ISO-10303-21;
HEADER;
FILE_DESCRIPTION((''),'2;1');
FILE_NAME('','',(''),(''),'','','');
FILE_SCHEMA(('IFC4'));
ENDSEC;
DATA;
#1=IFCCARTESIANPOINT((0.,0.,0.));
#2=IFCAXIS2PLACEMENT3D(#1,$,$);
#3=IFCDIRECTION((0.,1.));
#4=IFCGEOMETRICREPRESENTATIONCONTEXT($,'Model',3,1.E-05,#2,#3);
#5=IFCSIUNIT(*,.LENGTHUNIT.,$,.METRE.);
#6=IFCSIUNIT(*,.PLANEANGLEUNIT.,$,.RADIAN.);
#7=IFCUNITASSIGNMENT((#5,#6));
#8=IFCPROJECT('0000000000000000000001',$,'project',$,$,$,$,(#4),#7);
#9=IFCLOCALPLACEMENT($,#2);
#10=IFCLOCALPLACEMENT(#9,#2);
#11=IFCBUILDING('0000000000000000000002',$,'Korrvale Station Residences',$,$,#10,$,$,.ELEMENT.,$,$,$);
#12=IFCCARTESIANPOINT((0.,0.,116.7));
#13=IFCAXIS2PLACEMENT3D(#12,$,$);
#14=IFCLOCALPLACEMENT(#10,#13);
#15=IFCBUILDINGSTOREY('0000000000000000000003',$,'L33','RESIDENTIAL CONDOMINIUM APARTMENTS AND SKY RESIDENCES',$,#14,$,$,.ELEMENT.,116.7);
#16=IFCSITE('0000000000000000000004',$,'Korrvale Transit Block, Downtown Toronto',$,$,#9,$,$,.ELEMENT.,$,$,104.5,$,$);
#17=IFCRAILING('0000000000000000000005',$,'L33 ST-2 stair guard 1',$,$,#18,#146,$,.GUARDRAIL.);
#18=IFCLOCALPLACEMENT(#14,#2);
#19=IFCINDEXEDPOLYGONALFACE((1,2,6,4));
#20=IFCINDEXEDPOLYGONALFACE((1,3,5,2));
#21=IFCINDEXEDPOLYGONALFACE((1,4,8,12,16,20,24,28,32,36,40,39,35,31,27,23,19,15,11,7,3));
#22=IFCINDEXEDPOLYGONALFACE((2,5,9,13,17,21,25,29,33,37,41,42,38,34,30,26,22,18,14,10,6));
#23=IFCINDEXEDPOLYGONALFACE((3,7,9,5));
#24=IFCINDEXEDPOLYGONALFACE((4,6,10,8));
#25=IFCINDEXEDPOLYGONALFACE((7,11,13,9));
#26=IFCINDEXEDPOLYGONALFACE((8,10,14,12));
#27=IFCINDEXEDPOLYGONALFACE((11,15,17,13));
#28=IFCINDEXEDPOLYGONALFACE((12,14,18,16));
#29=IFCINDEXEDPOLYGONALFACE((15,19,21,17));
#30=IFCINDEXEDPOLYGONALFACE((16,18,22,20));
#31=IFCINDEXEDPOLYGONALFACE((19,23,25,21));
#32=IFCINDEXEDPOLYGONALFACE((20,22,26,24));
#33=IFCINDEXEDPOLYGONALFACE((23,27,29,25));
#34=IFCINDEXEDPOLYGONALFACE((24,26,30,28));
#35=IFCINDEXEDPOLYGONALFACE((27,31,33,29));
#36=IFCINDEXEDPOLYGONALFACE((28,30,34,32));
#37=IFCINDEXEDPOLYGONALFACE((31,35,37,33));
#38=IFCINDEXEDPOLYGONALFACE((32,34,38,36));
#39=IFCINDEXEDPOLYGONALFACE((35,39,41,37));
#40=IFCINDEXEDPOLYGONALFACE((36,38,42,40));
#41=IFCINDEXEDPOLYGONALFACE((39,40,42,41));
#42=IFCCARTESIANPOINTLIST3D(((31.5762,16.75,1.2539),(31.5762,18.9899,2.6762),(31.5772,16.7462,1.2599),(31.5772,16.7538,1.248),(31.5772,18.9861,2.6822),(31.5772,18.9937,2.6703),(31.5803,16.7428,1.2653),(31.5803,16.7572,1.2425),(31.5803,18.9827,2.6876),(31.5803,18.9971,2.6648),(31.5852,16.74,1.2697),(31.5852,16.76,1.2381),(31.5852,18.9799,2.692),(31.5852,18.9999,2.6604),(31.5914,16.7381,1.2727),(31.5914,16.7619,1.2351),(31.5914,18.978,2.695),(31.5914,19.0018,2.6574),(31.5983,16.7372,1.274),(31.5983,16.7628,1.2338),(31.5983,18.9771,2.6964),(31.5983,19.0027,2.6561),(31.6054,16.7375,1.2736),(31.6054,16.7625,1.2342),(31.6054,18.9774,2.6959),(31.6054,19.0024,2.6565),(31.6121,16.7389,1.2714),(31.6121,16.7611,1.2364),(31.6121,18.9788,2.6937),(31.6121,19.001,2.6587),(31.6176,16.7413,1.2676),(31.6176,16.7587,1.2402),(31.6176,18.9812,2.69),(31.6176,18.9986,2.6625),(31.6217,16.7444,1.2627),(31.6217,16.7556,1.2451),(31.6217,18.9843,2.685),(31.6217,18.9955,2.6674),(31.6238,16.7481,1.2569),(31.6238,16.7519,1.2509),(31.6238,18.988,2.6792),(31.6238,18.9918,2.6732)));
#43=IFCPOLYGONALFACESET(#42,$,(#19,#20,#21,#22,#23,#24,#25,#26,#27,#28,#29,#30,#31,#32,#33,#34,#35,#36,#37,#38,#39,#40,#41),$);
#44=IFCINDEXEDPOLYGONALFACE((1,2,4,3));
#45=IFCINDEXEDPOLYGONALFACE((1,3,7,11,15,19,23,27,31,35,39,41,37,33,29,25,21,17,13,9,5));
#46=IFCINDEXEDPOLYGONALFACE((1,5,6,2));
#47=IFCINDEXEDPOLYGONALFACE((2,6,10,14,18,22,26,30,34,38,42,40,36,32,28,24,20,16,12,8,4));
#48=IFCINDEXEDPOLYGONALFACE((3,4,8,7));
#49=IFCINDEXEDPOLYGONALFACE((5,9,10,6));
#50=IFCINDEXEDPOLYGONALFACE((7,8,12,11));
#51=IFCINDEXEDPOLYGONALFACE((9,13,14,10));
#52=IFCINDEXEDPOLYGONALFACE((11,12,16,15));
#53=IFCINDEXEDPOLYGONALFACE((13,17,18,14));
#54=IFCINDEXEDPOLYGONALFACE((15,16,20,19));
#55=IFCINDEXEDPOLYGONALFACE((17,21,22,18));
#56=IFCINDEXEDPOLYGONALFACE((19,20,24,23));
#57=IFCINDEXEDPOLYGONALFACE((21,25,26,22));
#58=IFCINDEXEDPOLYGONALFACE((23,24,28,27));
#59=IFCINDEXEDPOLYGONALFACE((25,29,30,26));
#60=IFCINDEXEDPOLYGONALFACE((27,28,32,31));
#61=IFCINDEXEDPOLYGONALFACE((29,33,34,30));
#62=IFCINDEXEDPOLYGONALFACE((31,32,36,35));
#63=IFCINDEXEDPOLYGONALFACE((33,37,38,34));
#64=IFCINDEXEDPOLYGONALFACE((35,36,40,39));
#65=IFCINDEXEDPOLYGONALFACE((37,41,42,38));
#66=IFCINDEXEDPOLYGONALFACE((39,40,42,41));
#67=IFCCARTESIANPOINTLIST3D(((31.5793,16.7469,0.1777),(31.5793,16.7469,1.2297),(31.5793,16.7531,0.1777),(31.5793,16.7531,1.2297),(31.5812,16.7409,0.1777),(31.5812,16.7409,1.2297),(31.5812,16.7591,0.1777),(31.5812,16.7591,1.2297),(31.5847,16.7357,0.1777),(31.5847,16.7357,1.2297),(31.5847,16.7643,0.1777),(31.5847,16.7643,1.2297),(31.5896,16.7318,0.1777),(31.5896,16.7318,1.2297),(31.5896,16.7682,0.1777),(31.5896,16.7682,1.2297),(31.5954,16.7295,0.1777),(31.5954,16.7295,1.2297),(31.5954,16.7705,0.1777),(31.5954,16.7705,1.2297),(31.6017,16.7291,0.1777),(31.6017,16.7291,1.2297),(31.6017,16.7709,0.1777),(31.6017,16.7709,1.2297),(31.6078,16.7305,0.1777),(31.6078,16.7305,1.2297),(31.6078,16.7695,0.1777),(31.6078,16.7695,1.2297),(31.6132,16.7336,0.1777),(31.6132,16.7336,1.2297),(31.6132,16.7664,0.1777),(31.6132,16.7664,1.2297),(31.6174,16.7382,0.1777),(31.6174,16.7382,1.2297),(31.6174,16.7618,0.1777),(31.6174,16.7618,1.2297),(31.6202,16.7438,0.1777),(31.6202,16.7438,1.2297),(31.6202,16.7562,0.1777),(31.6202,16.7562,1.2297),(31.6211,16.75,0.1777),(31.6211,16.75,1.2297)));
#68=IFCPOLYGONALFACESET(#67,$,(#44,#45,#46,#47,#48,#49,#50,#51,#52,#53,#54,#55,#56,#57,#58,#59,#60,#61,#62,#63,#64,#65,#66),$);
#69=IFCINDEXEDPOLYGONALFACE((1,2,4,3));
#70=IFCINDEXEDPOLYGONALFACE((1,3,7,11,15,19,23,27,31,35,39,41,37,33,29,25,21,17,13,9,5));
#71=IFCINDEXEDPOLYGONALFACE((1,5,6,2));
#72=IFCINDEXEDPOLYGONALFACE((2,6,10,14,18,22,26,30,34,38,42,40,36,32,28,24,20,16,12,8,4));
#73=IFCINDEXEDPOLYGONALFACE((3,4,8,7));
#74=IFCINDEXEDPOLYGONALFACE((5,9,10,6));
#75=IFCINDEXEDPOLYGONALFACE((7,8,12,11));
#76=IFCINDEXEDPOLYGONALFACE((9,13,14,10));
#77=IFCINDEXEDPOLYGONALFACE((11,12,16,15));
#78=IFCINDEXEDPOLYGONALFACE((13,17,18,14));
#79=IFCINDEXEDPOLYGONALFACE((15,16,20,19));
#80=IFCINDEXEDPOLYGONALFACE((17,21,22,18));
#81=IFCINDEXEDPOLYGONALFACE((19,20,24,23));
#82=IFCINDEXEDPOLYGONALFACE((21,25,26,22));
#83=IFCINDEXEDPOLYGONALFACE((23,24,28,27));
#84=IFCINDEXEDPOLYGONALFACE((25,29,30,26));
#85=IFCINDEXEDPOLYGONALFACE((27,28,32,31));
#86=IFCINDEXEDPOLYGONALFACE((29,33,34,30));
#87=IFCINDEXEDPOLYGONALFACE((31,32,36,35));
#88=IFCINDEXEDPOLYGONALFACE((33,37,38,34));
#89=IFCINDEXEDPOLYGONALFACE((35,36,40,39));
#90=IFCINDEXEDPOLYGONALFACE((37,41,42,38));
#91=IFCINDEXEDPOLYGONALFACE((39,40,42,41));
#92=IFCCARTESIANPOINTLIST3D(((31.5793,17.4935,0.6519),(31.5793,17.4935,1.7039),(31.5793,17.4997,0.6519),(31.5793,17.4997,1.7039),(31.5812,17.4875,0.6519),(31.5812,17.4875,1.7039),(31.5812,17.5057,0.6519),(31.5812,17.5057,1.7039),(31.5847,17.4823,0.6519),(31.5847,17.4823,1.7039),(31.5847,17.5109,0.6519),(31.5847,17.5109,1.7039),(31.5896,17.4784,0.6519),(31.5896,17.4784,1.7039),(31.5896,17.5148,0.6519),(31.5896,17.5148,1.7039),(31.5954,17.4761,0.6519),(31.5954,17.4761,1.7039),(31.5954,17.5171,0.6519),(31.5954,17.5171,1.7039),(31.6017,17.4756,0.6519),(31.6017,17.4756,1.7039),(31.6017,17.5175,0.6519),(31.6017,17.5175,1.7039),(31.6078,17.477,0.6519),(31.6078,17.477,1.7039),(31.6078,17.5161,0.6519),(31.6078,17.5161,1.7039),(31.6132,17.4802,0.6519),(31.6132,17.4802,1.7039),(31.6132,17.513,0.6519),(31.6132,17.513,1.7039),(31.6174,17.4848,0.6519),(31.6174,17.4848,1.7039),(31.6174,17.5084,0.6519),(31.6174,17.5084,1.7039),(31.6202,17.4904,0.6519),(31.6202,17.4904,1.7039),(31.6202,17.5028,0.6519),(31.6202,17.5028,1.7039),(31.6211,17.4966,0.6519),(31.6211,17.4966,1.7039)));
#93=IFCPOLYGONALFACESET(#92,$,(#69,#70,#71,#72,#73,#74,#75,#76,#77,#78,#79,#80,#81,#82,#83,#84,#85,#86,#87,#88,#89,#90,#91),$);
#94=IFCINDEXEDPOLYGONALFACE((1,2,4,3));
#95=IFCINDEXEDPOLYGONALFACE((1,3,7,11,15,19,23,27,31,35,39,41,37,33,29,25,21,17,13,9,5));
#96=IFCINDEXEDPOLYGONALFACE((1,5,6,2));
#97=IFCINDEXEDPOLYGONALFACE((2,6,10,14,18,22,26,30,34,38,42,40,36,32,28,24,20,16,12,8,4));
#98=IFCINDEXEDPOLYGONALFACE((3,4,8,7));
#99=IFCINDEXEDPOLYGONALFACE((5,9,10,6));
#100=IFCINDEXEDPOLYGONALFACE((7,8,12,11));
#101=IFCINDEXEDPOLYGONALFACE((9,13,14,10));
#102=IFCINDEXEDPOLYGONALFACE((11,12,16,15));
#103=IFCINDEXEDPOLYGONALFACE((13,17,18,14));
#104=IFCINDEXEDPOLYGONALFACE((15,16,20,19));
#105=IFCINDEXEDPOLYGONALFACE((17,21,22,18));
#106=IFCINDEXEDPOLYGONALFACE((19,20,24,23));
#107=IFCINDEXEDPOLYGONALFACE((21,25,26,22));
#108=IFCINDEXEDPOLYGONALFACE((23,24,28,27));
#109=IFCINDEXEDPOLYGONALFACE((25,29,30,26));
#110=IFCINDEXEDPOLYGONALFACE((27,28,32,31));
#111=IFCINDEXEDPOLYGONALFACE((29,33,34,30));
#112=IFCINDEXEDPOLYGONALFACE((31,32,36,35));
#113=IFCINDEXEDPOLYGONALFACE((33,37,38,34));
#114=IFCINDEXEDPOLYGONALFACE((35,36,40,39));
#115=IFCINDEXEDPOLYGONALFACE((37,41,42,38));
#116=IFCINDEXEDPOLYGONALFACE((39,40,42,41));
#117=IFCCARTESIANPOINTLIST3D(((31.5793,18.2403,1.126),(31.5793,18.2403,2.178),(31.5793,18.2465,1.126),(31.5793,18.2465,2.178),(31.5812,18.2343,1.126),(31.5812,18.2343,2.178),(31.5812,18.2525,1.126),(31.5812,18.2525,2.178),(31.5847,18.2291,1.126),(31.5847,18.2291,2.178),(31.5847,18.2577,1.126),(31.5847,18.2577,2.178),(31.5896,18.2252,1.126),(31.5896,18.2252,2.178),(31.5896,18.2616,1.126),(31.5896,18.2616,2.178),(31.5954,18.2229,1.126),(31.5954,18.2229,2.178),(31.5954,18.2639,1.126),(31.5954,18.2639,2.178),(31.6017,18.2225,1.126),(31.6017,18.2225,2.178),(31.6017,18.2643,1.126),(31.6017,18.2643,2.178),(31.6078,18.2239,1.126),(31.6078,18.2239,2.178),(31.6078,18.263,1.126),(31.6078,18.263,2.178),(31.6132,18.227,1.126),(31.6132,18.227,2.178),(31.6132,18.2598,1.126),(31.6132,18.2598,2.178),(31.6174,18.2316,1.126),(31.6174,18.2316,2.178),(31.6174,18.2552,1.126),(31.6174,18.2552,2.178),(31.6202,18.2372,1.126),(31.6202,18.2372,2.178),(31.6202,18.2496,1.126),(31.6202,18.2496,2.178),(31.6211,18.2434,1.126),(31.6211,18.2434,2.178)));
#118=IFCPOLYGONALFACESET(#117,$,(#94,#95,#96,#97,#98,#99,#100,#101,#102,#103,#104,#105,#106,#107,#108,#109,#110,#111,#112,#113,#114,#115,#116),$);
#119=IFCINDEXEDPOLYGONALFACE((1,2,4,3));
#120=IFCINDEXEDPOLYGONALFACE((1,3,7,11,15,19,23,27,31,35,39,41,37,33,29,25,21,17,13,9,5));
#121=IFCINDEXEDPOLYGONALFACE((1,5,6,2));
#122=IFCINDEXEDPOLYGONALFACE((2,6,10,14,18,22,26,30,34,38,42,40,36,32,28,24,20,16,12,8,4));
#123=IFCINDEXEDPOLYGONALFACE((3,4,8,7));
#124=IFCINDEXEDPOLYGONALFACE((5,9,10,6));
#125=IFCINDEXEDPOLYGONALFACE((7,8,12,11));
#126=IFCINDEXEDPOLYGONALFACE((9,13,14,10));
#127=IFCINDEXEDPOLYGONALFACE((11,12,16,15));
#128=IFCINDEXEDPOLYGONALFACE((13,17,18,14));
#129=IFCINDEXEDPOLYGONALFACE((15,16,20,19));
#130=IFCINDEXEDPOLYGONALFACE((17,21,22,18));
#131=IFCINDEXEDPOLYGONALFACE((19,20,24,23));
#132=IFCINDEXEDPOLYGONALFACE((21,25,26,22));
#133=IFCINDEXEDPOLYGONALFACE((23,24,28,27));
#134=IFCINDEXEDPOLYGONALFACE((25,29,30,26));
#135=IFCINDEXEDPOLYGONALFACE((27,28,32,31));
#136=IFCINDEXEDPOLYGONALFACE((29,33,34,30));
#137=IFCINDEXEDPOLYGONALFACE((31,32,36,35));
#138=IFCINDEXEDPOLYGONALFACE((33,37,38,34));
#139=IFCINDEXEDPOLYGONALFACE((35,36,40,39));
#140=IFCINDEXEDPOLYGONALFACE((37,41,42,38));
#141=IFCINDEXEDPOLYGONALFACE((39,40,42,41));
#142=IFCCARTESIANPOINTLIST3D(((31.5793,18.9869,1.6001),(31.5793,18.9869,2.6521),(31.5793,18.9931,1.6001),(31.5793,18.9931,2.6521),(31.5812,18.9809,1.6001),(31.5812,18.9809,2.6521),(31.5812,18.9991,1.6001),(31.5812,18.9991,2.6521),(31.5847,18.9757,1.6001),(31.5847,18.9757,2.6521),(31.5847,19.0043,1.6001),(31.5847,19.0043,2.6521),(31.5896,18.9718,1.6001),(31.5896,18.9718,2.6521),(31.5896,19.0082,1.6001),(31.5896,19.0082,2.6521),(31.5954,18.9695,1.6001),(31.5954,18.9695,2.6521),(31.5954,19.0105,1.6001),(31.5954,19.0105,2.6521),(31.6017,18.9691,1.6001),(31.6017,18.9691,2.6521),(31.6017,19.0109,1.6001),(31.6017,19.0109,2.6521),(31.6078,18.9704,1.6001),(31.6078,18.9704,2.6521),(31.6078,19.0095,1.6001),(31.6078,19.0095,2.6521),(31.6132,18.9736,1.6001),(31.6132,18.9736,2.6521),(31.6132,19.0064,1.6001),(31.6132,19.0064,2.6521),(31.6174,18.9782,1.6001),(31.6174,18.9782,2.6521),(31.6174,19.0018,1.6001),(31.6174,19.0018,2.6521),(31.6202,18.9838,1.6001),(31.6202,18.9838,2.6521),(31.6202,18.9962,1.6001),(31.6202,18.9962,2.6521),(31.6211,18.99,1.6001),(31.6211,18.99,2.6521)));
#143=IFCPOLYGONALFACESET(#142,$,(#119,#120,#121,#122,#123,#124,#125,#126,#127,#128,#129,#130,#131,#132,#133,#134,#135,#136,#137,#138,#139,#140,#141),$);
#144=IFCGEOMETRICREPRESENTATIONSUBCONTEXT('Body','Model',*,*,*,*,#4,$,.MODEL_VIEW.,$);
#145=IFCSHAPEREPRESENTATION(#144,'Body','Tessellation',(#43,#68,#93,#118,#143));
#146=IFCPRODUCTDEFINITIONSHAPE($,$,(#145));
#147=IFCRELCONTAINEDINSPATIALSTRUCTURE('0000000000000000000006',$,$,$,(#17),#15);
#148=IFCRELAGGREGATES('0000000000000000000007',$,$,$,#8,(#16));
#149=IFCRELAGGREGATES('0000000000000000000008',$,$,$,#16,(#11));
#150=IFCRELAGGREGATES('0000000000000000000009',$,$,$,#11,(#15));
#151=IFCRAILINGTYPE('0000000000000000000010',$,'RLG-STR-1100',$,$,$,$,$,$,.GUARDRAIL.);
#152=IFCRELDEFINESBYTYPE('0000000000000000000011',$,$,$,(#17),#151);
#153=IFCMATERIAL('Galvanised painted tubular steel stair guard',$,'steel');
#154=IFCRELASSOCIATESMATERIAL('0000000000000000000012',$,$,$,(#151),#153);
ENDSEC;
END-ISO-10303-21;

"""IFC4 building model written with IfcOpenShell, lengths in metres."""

from ifc_helpers import new_model, si_unit, direction, frame, origin, origin_2d, place, context, subcontext, project, spatial, circle, extrude, material, type_object, element, save


model = new_model("IFC4")

# Units and contexts
model_context = context("Model", 3, precision=1e-05, world=origin(), true_north=direction((0.0, 1.0)))
body_context = subcontext(model_context, "Body", "Model", "MODEL_VIEW")
ifc_project = project(units=[si_unit("LENGTHUNIT", "METRE"), si_unit("PLANEANGLEUNIT", "RADIAN")], contexts=[model_context])

# Site, building, storey
site_placement = place(None, origin())
site = spatial("IfcSite", under=ifc_project, at=site_placement, Name="Korrvale Transit Block, Downtown Toronto", CompositionType="ELEMENT", RefElevation=104.5)
building_placement = place(site_placement, origin())
building = spatial("IfcBuilding", under=site, at=building_placement, Name="Korrvale Station Residences", CompositionType="ELEMENT")
storey_placement = place(building_placement, frame((0.0, 0.0, 116.7)))
storey = spatial("IfcBuildingStorey", under=building, at=storey_placement, Name="L33", Description="RESIDENTIAL CONDOMINIUM APARTMENTS AND SKY RESIDENCES", CompositionType="ELEMENT", Elevation=116.7)

# Railing
ifc_material_1 = material(Name="Galvanised painted tubular steel stair guard", Category="steel")
railing_type_1 = type_object("IfcRailingType", Name="RLG-STR-1100", PredefinedType="GUARDRAIL", material=ifc_material_1)
railing_1_placement = place(storey_placement, frame((31.6001, 16.75, 0.1777)))
element("IfcRailing", 1, at=railing_1_placement, inside=storey, type_object=railing_type_1, Name="L33 ST-2 stair guard 1", PredefinedType="GUARDRAIL", context=body_context, shape_type="SweptSolid", body=[
    extrude(circle(Radius=0.0239, at=origin_2d()), frame((0.0, 0.0, 1.0762), z_axis=(0.0, 0.844188, 0.536048), x_axis=(-1.0, 0.0, 0.0)), (0.0, 0.0, 1.0), 2.6533),
    extrude(circle(Radius=0.021, at=origin_2d()), origin(), (0.0, 0.0, 1.0), 1.052),
    extrude(circle(Radius=0.021, at=origin_2d()), frame((0.0, 0.7466, 0.4741)), (0.0, 0.0, 1.0), 1.052),
    extrude(circle(Radius=0.021, at=origin_2d()), frame((0.0, 1.4934, 0.9482)), (0.0, 0.0, 1.0), 1.052),
    extrude(circle(Radius=0.021, at=origin_2d()), frame((0.0, 2.24, 1.4224)), (0.0, 0.0, 1.0), 1.052),
])

save(model, "model.ifc")
